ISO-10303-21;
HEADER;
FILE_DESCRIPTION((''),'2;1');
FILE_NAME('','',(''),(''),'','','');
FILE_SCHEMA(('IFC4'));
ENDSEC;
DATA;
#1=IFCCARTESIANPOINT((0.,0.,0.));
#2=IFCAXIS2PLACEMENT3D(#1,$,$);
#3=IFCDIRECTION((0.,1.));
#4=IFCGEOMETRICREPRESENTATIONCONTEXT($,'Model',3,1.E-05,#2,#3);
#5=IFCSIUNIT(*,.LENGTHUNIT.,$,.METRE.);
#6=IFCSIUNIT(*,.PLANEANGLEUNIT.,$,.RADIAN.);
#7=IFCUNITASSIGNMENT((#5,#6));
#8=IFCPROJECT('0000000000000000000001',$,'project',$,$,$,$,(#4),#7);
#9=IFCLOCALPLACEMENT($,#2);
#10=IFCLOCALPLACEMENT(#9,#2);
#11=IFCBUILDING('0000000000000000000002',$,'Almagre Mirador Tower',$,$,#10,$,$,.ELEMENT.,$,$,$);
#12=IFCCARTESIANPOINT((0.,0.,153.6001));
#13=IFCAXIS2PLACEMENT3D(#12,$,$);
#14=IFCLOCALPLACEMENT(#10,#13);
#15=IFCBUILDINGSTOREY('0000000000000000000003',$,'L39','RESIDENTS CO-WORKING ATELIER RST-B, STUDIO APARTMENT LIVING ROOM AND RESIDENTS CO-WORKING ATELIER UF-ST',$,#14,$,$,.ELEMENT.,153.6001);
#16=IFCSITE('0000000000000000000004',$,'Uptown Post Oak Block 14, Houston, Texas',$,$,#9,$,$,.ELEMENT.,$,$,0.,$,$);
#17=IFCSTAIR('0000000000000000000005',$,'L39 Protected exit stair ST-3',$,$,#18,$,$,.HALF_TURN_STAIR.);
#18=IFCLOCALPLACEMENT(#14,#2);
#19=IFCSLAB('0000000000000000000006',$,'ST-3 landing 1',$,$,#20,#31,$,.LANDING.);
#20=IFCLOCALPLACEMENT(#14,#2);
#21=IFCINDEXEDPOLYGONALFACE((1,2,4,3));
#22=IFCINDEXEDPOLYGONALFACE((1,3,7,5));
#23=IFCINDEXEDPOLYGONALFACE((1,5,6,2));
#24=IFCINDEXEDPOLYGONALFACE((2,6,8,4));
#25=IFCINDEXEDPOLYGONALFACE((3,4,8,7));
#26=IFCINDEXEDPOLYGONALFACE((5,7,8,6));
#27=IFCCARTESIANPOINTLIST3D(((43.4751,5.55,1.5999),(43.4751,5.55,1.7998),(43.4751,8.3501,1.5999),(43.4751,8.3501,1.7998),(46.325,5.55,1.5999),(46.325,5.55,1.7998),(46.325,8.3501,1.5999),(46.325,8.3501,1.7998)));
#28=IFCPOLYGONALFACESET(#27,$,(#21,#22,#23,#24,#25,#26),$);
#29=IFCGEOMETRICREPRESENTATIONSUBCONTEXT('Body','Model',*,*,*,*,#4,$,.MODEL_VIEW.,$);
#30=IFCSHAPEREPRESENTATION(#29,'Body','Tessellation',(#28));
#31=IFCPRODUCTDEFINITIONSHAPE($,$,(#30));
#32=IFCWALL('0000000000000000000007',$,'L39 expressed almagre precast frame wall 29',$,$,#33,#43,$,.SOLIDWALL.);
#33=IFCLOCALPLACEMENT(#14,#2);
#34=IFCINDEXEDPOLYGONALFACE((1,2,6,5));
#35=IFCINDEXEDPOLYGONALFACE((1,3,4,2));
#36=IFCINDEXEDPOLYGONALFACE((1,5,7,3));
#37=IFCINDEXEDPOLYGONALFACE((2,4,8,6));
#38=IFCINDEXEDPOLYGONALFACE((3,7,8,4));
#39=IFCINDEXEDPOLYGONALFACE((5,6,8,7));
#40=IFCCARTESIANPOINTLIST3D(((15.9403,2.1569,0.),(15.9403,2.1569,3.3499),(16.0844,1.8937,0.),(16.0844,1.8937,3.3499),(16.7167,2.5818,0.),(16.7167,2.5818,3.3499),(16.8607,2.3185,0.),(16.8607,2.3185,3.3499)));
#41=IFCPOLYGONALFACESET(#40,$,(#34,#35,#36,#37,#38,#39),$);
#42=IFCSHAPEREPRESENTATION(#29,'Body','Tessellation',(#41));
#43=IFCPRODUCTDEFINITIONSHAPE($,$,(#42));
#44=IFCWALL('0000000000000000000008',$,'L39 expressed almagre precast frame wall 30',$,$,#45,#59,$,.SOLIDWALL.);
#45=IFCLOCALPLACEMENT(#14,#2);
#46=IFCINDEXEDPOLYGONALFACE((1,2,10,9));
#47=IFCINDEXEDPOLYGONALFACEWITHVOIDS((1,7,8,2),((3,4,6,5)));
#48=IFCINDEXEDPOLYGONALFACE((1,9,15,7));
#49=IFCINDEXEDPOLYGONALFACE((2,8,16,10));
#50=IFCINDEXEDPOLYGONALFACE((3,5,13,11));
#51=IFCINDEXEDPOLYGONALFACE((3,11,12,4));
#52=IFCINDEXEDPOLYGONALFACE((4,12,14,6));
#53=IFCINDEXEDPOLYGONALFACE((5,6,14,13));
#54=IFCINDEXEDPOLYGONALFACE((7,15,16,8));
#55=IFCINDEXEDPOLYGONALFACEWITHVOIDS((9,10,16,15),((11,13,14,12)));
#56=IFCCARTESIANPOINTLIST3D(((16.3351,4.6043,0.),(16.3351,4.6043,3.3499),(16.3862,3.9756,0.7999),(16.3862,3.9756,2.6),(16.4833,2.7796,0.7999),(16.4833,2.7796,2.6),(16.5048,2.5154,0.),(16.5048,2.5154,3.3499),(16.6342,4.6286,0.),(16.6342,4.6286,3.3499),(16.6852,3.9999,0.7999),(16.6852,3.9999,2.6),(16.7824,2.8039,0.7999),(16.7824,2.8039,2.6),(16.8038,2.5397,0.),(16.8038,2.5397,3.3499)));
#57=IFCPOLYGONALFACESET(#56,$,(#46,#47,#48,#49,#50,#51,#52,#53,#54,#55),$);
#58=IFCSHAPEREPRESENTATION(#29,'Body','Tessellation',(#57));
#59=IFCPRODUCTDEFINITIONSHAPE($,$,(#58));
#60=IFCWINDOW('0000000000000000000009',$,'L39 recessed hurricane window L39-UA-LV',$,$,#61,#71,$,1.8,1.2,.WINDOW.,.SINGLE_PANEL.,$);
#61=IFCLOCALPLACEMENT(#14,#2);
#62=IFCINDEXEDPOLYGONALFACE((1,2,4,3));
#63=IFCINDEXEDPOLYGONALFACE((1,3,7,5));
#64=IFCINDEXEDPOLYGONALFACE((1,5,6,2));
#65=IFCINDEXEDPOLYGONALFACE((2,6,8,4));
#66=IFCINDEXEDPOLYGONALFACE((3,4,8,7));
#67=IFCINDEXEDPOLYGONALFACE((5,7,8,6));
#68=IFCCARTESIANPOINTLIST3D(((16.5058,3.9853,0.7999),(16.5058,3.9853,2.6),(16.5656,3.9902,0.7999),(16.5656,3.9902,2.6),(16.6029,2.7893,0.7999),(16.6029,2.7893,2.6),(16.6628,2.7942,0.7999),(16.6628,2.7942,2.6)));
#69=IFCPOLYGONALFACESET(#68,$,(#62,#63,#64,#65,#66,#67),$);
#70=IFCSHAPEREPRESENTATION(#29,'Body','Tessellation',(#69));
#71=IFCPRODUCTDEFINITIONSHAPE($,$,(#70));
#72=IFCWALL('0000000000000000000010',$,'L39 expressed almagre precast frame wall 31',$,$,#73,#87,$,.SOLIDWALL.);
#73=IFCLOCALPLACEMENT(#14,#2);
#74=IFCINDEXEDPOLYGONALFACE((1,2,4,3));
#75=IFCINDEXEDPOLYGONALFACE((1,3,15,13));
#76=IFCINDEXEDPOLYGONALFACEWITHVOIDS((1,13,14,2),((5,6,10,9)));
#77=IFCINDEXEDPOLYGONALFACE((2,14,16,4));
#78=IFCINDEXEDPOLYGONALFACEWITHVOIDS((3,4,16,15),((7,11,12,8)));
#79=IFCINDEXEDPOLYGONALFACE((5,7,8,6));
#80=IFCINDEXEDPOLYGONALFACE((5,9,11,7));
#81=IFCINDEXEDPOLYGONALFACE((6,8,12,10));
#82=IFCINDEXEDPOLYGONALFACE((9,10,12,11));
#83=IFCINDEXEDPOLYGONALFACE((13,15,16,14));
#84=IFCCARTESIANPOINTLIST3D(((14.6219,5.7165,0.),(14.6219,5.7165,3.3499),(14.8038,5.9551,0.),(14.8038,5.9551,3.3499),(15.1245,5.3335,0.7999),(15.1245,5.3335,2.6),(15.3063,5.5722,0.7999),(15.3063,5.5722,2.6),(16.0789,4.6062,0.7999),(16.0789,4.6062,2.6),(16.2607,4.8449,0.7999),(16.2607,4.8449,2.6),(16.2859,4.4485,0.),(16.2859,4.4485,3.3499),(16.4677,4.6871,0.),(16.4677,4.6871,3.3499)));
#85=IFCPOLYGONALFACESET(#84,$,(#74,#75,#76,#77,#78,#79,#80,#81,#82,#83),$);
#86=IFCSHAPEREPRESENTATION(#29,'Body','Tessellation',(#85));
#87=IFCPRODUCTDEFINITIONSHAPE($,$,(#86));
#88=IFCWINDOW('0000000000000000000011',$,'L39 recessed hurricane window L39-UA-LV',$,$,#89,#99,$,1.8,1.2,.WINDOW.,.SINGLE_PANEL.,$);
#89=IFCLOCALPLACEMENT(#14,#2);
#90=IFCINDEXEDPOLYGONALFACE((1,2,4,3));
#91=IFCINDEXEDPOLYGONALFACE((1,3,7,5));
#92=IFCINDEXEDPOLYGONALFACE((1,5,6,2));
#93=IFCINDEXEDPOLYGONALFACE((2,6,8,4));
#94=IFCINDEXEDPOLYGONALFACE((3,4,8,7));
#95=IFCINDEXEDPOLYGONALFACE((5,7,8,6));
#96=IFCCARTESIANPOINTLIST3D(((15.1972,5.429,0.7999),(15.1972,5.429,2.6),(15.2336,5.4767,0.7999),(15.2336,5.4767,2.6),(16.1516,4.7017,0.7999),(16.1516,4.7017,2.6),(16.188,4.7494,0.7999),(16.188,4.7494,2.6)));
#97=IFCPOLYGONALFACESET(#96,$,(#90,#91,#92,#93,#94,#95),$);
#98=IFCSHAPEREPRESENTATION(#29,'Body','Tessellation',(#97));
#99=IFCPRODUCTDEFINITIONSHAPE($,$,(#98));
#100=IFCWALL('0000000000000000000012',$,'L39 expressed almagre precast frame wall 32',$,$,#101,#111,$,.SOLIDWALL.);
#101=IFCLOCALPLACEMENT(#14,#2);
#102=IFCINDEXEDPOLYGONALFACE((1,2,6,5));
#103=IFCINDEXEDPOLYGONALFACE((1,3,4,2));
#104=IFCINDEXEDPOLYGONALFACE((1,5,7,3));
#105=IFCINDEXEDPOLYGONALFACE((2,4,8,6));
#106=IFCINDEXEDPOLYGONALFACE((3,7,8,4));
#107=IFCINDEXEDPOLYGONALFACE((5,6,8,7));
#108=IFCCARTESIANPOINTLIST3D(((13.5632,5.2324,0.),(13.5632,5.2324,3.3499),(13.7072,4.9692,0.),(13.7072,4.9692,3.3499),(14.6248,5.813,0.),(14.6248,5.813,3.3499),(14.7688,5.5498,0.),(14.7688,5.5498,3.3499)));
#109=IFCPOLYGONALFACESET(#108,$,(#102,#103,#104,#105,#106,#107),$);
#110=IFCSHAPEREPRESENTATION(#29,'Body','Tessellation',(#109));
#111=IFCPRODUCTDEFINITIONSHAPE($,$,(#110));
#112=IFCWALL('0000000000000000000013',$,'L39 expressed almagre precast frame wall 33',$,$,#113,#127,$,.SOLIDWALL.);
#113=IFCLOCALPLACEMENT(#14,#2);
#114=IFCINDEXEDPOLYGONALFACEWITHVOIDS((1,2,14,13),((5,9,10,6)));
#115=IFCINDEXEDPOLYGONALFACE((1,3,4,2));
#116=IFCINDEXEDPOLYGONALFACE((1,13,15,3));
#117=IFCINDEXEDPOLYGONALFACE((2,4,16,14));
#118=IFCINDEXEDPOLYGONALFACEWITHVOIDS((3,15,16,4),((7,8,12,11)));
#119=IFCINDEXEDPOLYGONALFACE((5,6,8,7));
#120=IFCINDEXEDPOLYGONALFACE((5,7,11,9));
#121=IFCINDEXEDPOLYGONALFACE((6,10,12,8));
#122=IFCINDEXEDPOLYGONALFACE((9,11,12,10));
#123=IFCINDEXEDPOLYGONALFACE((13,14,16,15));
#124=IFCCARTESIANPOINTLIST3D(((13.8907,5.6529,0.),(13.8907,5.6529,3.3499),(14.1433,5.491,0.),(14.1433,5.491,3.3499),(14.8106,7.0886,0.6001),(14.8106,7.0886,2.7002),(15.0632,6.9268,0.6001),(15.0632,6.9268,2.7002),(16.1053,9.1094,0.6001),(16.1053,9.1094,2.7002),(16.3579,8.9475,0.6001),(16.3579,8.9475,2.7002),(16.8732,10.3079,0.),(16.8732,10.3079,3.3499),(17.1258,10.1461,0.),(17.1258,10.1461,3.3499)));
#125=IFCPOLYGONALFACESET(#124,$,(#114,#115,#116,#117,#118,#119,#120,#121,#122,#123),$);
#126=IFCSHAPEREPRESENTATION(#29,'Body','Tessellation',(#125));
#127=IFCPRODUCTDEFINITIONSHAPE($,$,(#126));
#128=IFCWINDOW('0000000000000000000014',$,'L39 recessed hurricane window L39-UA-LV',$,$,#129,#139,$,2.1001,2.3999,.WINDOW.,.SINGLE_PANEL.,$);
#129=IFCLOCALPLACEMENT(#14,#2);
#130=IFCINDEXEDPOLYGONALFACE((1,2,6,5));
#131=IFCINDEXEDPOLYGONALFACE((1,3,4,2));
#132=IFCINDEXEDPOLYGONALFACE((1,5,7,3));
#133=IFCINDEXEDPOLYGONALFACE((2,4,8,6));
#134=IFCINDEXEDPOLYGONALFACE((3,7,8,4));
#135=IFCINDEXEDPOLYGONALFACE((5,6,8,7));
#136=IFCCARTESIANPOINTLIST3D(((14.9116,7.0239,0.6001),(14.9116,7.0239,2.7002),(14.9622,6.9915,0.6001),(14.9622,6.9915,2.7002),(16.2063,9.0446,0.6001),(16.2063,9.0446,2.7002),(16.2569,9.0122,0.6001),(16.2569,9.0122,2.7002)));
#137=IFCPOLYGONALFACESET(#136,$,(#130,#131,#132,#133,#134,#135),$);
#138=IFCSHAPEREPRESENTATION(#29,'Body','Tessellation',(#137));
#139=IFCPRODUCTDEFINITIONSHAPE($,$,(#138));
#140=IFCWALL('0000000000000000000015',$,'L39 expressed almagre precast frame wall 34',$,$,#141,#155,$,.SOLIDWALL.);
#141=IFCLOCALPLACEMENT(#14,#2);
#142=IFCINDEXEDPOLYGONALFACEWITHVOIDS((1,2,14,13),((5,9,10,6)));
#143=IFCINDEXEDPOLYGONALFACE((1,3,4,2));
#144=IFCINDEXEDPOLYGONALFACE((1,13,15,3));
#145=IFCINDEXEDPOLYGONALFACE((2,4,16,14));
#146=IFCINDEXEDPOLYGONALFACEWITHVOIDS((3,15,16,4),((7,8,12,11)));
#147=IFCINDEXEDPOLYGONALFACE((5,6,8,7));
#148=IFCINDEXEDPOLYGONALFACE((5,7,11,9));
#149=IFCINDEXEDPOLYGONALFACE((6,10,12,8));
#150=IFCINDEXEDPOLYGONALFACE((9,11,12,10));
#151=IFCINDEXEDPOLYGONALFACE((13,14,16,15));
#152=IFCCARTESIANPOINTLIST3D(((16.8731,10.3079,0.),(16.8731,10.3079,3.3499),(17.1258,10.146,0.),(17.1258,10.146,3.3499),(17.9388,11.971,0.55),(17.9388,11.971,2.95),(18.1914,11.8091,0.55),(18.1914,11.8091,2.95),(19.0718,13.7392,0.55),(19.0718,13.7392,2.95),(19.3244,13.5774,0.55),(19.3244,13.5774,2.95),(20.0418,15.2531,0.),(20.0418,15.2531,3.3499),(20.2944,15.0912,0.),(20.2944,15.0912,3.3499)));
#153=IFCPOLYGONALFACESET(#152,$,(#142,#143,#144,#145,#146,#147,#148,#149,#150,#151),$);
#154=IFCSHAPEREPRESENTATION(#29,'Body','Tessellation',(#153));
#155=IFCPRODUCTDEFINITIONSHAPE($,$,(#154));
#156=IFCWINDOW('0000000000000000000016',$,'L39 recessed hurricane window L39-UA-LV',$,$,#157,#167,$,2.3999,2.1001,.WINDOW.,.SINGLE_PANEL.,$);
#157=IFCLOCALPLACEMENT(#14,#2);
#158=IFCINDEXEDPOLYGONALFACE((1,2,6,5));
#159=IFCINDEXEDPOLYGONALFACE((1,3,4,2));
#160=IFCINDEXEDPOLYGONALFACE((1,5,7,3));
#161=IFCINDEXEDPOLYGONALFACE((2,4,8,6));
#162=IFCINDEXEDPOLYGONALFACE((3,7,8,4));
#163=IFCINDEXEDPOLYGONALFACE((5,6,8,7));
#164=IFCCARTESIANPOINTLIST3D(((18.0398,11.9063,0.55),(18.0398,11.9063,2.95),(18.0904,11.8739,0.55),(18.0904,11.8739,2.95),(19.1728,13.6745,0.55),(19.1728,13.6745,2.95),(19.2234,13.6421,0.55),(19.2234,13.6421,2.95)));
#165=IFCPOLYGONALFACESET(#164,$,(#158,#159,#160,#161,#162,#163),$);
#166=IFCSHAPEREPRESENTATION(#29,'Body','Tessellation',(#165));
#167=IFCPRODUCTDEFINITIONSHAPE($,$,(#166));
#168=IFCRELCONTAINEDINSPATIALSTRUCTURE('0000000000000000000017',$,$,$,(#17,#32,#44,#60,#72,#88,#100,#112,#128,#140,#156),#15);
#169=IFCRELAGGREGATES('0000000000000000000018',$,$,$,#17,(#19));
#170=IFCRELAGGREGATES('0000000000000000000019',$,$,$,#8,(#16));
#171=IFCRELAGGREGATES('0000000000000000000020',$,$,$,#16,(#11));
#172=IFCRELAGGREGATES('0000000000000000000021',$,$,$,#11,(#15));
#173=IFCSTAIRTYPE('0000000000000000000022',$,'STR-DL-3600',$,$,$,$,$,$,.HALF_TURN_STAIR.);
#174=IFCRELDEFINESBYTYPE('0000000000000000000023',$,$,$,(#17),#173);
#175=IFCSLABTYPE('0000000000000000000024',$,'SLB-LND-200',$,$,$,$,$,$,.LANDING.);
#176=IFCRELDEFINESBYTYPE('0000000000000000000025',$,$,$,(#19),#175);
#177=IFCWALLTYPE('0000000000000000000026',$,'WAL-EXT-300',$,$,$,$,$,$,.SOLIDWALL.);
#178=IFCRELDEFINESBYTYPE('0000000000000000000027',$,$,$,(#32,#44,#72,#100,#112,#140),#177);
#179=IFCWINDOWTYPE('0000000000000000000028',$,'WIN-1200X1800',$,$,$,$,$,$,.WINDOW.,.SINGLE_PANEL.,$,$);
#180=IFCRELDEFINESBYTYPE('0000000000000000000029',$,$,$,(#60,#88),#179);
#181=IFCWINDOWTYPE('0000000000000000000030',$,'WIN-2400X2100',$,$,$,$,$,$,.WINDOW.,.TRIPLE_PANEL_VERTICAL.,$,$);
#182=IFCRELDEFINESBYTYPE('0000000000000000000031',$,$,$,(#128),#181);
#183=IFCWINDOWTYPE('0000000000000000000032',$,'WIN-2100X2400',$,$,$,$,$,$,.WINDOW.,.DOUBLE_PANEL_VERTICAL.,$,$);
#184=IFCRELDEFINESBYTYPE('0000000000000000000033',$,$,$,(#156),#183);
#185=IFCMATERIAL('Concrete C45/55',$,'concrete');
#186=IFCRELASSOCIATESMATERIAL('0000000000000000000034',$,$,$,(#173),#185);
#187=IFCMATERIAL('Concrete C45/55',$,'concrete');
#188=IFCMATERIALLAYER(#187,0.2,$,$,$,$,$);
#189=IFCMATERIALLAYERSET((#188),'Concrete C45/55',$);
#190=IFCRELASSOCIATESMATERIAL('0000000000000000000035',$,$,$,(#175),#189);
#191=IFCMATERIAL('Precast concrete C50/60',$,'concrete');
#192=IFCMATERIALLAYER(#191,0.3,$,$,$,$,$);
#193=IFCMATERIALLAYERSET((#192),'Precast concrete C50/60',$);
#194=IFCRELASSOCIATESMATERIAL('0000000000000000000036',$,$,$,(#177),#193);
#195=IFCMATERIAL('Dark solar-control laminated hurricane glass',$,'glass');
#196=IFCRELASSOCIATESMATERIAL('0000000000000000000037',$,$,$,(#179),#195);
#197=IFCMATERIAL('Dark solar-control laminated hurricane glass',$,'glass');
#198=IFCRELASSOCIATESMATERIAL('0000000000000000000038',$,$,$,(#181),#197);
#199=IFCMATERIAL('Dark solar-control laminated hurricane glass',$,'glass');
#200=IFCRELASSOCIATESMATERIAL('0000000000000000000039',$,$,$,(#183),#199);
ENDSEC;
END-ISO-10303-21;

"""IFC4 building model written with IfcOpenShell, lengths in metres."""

from ifc_helpers import new_model, si_unit, direction, frame, frame_2d, origin, place, context, subcontext, project, spatial, polyline, rectangle, outline, extrude, material, layer, layer_set, type_object, element, fill, aggregate, save


model = new_model("IFC4")

# Units and contexts
model_context = context("Model", 3, precision=1e-05, world=origin(), true_north=direction((0.0, 1.0)))
body_context = subcontext(model_context, "Body", "Model", "MODEL_VIEW")
ifc_project = project(units=[si_unit("LENGTHUNIT", "METRE"), si_unit("PLANEANGLEUNIT", "RADIAN")], contexts=[model_context])

# Site, building, storey
site_placement = place(None, origin())
site = spatial("IfcSite", under=ifc_project, at=site_placement, Name="Uptown Post Oak Block 14, Houston, Texas", CompositionType="ELEMENT", RefElevation=0.0)
building_placement = place(site_placement, origin())
building = spatial("IfcBuilding", under=site, at=building_placement, Name="Almagre Mirador Tower", CompositionType="ELEMENT")
storey_placement = place(building_placement, frame((0.0, 0.0, 153.6001)))
storey = spatial("IfcBuildingStorey", under=building, at=storey_placement, Name="L39", Description="RESIDENTS CO-WORKING ATELIER RST-B, STUDIO APARTMENT LIVING ROOM AND RESIDENTS CO-WORKING ATELIER UF-ST", CompositionType="ELEMENT", Elevation=153.6001)

# Stair, slab
ifc_material_1 = material(Name="Concrete C45/55", Category="concrete")
stair_type = type_object("IfcStairType", Name="STR-DL-3600", PredefinedType="HALF_TURN_STAIR", material=ifc_material_1)
ifc_material_2 = material(Name="Concrete C45/55", Category="concrete")
ifc_layer_1 = layer(ifc_material_2, 0.2)
ifc_layer_set_1 = layer_set([ifc_layer_1], Name="Concrete C45/55")
slab_type_1 = type_object("IfcSlabType", Name="SLB-LND-200", PredefinedType="LANDING", material=ifc_layer_set_1)
stair_1_placement = place(storey_placement, origin())
stair_1 = element("IfcStair", 1, at=stair_1_placement, inside=storey, type_object=stair_type, Name="L39 Protected exit stair ST-3", PredefinedType="HALF_TURN_STAIR")
slab_1_placement = place(storey_placement, frame((0.0, 0.0, 1.5999)))
slab_1 = element("IfcSlab", 2, at=slab_1_placement, type_object=slab_type_1, Name="ST-3 landing 1", PredefinedType="LANDING", context=body_context, shape_type="SweptSolid", body=[
    extrude(outline(polyline([(43.4751, 8.3501), (43.4751, 5.55), (46.325, 5.55), (46.325, 8.3501), (43.4751, 8.3501)])), origin(), (0.0, 0.0, 1.0), 0.2),
])
aggregate(stair_1, [slab_1])

# Wall
ifc_material_3 = material(Name="Precast concrete C50/60", Category="concrete")
ifc_layer_2 = layer(ifc_material_3, 0.3)
ifc_layer_set_2 = layer_set([ifc_layer_2], Name="Precast concrete C50/60")
wall_type_1 = type_object("IfcWallType", Name="WAL-EXT-300", PredefinedType="SOLIDWALL", material=ifc_layer_set_2)
wall_1_placement = place(storey_placement, frame((16.0125, 2.0254, 0.0), z_axis=(0.0, 0.0, 1.0), x_axis=(0.877262, 0.480011, 0.0)))
element("IfcWall", 3, at=wall_1_placement, inside=storey, type_object=wall_type_1, Name="L39 expressed almagre precast frame wall 29", PredefinedType="SOLIDWALL", context=body_context, shape_type="SweptSolid", body=[
    extrude(rectangle(XDim=0.885, YDim=0.3, at=frame_2d((0.4424, 0.0))), origin(), (0.0, 0.0, 1.0), 3.3499),
])

# Walls, openings, windows
wall_2_placement = place(storey_placement, frame((16.6543, 2.5276, 0.0), z_axis=(0.0, 0.0, 1.0), x_axis=(-0.080963, 0.996717, 0.0)))
wall_2 = element("IfcWall", 4, at=wall_2_placement, inside=storey, type_object=wall_type_1, Name="L39 expressed almagre precast frame wall 30", PredefinedType="SOLIDWALL", context=body_context, shape_type="SweptSolid", body=[
    extrude(rectangle(XDim=2.0957, YDim=0.3, at=frame_2d((1.0479, 0.0))), origin(), (0.0, 0.0, 1.0), 3.3499),
])
opening_1_placement = place(wall_2_placement, frame((0.2649, 0.0, 0.8)))
opening_1 = element("IfcOpeningElement", 5, at=opening_1_placement, cuts=wall_2, PredefinedType="OPENING", context=body_context, shape_type="SweptSolid", body=[
    extrude(rectangle(XDim=1.2, YDim=1.8, at=frame_2d((0.6001, 0.8999))), frame((0.0, 0.1599, 0.0), z_axis=(0.0, -1.0, 0.0), x_axis=(1.0, 0.0, 0.0)), (0.0, 0.0, 1.0), 0.32),
])
ifc_material_4 = material(Name="Dark solar-control laminated hurricane glass", Category="glass")
window_type_1 = type_object("IfcWindowType", Name="WIN-1200X1800", PartitioningType="SINGLE_PANEL", PredefinedType="WINDOW", material=ifc_material_4)
window_1_placement = place(opening_1_placement, origin())
window_1 = element("IfcWindow", 6, at=window_1_placement, inside=storey, type_object=window_type_1, Name="L39 recessed hurricane window L39-UA-LV", OverallHeight=1.8, OverallWidth=1.2, PartitioningType="SINGLE_PANEL", PredefinedType="WINDOW", context=body_context, shape_type="SweptSolid", body=[
    extrude(rectangle(XDim=1.2, YDim=1.8, at=frame_2d((0.6001, 0.8999))), frame((0.0, 0.03, 0.0), z_axis=(0.0, -1.0, 0.0), x_axis=(1.0, 0.0, 0.0)), (0.0, 0.0, 1.0), 0.0601),
])
fill(opening_1, window_1)
wall_3_placement = place(storey_placement, frame((16.3767, 4.5679, 0.0), z_axis=(0.0, 0.0, 1.0), x_axis=(-0.795383, 0.606106, 0.0)))
wall_3 = element("IfcWall", 7, at=wall_3_placement, inside=storey, type_object=wall_type_1, Name="L39 expressed almagre precast frame wall 31", PredefinedType="SOLIDWALL", context=body_context, shape_type="SweptSolid", body=[
    extrude(rectangle(XDim=2.092, YDim=0.3, at=frame_2d((1.0459, 0.0))), origin(), (0.0, 0.0, 1.0), 3.3499),
])
opening_2_placement = place(wall_3_placement, frame((0.26, 0.0, 0.8)))
opening_2 = element("IfcOpeningElement", 8, at=opening_2_placement, cuts=wall_3, PredefinedType="OPENING", context=body_context, shape_type="SweptSolid", body=[
    extrude(rectangle(XDim=1.2, YDim=1.8, at=frame_2d((0.6001, 0.8999))), frame((0.0, 0.1599, 0.0), z_axis=(0.0, -1.0, 0.0), x_axis=(1.0, 0.0, 0.0)), (0.0, 0.0, 1.0), 0.32),
])
window_2_placement = place(opening_2_placement, origin())
window_2 = element("IfcWindow", 9, at=window_2_placement, inside=storey, type_object=window_type_1, Name="L39 recessed hurricane window L39-UA-LV", OverallHeight=1.8, OverallWidth=1.2, PartitioningType="SINGLE_PANEL", PredefinedType="WINDOW", context=body_context, shape_type="SweptSolid", body=[
    extrude(rectangle(XDim=1.2, YDim=1.8, at=frame_2d((0.6001, 0.8999))), frame((0.0, 0.03, 0.0), z_axis=(0.0, -1.0, 0.0), x_axis=(1.0, 0.0, 0.0)), (0.0, 0.0, 1.0), 0.0601),
])
fill(opening_2, window_2)

# Wall
wall_4_placement = place(storey_placement, frame((14.6968, 5.6814, 0.0), z_axis=(0.0, 0.0, 1.0), x_axis=(-0.877355, -0.479841, 0.0)))
element("IfcWall", 10, at=wall_4_placement, inside=storey, type_object=wall_type_1, Name="L39 expressed almagre precast frame wall 32", PredefinedType="SOLIDWALL", context=body_context, shape_type="SweptSolid", body=[
    extrude(rectangle(XDim=1.21, YDim=0.3, at=frame_2d((0.605, 0.0))), origin(), (0.0, 0.0, 1.0), 3.3499),
])

# Walls, openings, windows
wall_5_placement = place(storey_placement, frame((14.0171, 5.572, 0.0), z_axis=(0.0, 0.0, 1.0), x_axis=(0.539465, 0.842008, 0.0)))
wall_5 = element("IfcWall", 11, at=wall_5_placement, inside=storey, type_object=wall_type_1, Name="L39 expressed almagre precast frame wall 33", PredefinedType="SOLIDWALL", context=body_context, shape_type="SweptSolid", body=[
    extrude(rectangle(XDim=5.5286, YDim=0.3, at=frame_2d((2.7642, 0.0))), origin(), (0.0, 0.0, 1.0), 3.3499),
])
opening_3_placement = place(wall_5_placement, frame((1.7051, 0.0, 0.6001)))
opening_3 = element("IfcOpeningElement", 12, at=opening_3_placement, cuts=wall_5, PredefinedType="OPENING", context=body_context, shape_type="SweptSolid", body=[
    extrude(rectangle(XDim=2.3999, YDim=2.1001, at=frame_2d((1.2, 1.05))), frame((0.0, 0.1599, 0.0), z_axis=(0.0, -1.0, 0.0), x_axis=(1.0, 0.0, 0.0)), (0.0, 0.0, 1.0), 0.32),
])
ifc_material_5 = material(Name="Dark solar-control laminated hurricane glass", Category="glass")
window_type_2 = type_object("IfcWindowType", Name="WIN-2400X2100", PartitioningType="TRIPLE_PANEL_VERTICAL", PredefinedType="WINDOW", material=ifc_material_5)
window_3_placement = place(opening_3_placement, origin())
window_3 = element("IfcWindow", 13, at=window_3_placement, inside=storey, type_object=window_type_2, Name="L39 recessed hurricane window L39-UA-LV", OverallHeight=2.1001, OverallWidth=2.3999, PartitioningType="SINGLE_PANEL", PredefinedType="WINDOW", context=body_context, shape_type="SweptSolid", body=[
    extrude(rectangle(XDim=2.3999, YDim=2.1001, at=frame_2d((1.2, 1.05))), frame((0.0, 0.03, 0.0), z_axis=(0.0, -1.0, 0.0), x_axis=(1.0, 0.0, 0.0)), (0.0, 0.0, 1.0), 0.0601),
])
fill(opening_3, window_3)
wall_6_placement = place(storey_placement, frame((16.9995, 10.2271, 0.0), z_axis=(0.0, 0.0, 1.0), x_axis=(0.539501, 0.841985, 0.0)))
wall_6 = element("IfcWall", 14, at=wall_6_placement, inside=storey, type_object=wall_type_1, Name="L39 expressed almagre precast frame wall 34", PredefinedType="SOLIDWALL", context=body_context, shape_type="SweptSolid", body=[
    extrude(rectangle(XDim=5.8733, YDim=0.3, at=frame_2d((2.9365, 0.0))), origin(), (0.0, 0.0, 1.0), 3.3499),
])
opening_4_placement = place(wall_6_placement, frame((1.9751, 0.0, 0.55)))
opening_4 = element("IfcOpeningElement", 15, at=opening_4_placement, cuts=wall_6, PredefinedType="OPENING", context=body_context, shape_type="SweptSolid", body=[
    extrude(rectangle(XDim=2.1001, YDim=2.3999, at=frame_2d((1.05, 1.2))), frame((0.0, 0.1599, 0.0), z_axis=(0.0, -1.0, 0.0), x_axis=(1.0, 0.0, 0.0)), (0.0, 0.0, 1.0), 0.32),
])
ifc_material_6 = material(Name="Dark solar-control laminated hurricane glass", Category="glass")
window_type_3 = type_object("IfcWindowType", Name="WIN-2100X2400", PartitioningType="DOUBLE_PANEL_VERTICAL", PredefinedType="WINDOW", material=ifc_material_6)
window_4_placement = place(opening_4_placement, origin())
window_4 = element("IfcWindow", 16, at=window_4_placement, inside=storey, type_object=window_type_3, Name="L39 recessed hurricane window L39-UA-LV", OverallHeight=2.3999, OverallWidth=2.1001, PartitioningType="SINGLE_PANEL", PredefinedType="WINDOW", context=body_context, shape_type="SweptSolid", body=[
    extrude(rectangle(XDim=2.1001, YDim=2.3999, at=frame_2d((1.05, 1.2))), frame((0.0, 0.03, 0.0), z_axis=(0.0, -1.0, 0.0), x_axis=(1.0, 0.0, 0.0)), (0.0, 0.0, 1.0), 0.0601),
])
fill(opening_4, window_4)

save(model, "model.ifc")
